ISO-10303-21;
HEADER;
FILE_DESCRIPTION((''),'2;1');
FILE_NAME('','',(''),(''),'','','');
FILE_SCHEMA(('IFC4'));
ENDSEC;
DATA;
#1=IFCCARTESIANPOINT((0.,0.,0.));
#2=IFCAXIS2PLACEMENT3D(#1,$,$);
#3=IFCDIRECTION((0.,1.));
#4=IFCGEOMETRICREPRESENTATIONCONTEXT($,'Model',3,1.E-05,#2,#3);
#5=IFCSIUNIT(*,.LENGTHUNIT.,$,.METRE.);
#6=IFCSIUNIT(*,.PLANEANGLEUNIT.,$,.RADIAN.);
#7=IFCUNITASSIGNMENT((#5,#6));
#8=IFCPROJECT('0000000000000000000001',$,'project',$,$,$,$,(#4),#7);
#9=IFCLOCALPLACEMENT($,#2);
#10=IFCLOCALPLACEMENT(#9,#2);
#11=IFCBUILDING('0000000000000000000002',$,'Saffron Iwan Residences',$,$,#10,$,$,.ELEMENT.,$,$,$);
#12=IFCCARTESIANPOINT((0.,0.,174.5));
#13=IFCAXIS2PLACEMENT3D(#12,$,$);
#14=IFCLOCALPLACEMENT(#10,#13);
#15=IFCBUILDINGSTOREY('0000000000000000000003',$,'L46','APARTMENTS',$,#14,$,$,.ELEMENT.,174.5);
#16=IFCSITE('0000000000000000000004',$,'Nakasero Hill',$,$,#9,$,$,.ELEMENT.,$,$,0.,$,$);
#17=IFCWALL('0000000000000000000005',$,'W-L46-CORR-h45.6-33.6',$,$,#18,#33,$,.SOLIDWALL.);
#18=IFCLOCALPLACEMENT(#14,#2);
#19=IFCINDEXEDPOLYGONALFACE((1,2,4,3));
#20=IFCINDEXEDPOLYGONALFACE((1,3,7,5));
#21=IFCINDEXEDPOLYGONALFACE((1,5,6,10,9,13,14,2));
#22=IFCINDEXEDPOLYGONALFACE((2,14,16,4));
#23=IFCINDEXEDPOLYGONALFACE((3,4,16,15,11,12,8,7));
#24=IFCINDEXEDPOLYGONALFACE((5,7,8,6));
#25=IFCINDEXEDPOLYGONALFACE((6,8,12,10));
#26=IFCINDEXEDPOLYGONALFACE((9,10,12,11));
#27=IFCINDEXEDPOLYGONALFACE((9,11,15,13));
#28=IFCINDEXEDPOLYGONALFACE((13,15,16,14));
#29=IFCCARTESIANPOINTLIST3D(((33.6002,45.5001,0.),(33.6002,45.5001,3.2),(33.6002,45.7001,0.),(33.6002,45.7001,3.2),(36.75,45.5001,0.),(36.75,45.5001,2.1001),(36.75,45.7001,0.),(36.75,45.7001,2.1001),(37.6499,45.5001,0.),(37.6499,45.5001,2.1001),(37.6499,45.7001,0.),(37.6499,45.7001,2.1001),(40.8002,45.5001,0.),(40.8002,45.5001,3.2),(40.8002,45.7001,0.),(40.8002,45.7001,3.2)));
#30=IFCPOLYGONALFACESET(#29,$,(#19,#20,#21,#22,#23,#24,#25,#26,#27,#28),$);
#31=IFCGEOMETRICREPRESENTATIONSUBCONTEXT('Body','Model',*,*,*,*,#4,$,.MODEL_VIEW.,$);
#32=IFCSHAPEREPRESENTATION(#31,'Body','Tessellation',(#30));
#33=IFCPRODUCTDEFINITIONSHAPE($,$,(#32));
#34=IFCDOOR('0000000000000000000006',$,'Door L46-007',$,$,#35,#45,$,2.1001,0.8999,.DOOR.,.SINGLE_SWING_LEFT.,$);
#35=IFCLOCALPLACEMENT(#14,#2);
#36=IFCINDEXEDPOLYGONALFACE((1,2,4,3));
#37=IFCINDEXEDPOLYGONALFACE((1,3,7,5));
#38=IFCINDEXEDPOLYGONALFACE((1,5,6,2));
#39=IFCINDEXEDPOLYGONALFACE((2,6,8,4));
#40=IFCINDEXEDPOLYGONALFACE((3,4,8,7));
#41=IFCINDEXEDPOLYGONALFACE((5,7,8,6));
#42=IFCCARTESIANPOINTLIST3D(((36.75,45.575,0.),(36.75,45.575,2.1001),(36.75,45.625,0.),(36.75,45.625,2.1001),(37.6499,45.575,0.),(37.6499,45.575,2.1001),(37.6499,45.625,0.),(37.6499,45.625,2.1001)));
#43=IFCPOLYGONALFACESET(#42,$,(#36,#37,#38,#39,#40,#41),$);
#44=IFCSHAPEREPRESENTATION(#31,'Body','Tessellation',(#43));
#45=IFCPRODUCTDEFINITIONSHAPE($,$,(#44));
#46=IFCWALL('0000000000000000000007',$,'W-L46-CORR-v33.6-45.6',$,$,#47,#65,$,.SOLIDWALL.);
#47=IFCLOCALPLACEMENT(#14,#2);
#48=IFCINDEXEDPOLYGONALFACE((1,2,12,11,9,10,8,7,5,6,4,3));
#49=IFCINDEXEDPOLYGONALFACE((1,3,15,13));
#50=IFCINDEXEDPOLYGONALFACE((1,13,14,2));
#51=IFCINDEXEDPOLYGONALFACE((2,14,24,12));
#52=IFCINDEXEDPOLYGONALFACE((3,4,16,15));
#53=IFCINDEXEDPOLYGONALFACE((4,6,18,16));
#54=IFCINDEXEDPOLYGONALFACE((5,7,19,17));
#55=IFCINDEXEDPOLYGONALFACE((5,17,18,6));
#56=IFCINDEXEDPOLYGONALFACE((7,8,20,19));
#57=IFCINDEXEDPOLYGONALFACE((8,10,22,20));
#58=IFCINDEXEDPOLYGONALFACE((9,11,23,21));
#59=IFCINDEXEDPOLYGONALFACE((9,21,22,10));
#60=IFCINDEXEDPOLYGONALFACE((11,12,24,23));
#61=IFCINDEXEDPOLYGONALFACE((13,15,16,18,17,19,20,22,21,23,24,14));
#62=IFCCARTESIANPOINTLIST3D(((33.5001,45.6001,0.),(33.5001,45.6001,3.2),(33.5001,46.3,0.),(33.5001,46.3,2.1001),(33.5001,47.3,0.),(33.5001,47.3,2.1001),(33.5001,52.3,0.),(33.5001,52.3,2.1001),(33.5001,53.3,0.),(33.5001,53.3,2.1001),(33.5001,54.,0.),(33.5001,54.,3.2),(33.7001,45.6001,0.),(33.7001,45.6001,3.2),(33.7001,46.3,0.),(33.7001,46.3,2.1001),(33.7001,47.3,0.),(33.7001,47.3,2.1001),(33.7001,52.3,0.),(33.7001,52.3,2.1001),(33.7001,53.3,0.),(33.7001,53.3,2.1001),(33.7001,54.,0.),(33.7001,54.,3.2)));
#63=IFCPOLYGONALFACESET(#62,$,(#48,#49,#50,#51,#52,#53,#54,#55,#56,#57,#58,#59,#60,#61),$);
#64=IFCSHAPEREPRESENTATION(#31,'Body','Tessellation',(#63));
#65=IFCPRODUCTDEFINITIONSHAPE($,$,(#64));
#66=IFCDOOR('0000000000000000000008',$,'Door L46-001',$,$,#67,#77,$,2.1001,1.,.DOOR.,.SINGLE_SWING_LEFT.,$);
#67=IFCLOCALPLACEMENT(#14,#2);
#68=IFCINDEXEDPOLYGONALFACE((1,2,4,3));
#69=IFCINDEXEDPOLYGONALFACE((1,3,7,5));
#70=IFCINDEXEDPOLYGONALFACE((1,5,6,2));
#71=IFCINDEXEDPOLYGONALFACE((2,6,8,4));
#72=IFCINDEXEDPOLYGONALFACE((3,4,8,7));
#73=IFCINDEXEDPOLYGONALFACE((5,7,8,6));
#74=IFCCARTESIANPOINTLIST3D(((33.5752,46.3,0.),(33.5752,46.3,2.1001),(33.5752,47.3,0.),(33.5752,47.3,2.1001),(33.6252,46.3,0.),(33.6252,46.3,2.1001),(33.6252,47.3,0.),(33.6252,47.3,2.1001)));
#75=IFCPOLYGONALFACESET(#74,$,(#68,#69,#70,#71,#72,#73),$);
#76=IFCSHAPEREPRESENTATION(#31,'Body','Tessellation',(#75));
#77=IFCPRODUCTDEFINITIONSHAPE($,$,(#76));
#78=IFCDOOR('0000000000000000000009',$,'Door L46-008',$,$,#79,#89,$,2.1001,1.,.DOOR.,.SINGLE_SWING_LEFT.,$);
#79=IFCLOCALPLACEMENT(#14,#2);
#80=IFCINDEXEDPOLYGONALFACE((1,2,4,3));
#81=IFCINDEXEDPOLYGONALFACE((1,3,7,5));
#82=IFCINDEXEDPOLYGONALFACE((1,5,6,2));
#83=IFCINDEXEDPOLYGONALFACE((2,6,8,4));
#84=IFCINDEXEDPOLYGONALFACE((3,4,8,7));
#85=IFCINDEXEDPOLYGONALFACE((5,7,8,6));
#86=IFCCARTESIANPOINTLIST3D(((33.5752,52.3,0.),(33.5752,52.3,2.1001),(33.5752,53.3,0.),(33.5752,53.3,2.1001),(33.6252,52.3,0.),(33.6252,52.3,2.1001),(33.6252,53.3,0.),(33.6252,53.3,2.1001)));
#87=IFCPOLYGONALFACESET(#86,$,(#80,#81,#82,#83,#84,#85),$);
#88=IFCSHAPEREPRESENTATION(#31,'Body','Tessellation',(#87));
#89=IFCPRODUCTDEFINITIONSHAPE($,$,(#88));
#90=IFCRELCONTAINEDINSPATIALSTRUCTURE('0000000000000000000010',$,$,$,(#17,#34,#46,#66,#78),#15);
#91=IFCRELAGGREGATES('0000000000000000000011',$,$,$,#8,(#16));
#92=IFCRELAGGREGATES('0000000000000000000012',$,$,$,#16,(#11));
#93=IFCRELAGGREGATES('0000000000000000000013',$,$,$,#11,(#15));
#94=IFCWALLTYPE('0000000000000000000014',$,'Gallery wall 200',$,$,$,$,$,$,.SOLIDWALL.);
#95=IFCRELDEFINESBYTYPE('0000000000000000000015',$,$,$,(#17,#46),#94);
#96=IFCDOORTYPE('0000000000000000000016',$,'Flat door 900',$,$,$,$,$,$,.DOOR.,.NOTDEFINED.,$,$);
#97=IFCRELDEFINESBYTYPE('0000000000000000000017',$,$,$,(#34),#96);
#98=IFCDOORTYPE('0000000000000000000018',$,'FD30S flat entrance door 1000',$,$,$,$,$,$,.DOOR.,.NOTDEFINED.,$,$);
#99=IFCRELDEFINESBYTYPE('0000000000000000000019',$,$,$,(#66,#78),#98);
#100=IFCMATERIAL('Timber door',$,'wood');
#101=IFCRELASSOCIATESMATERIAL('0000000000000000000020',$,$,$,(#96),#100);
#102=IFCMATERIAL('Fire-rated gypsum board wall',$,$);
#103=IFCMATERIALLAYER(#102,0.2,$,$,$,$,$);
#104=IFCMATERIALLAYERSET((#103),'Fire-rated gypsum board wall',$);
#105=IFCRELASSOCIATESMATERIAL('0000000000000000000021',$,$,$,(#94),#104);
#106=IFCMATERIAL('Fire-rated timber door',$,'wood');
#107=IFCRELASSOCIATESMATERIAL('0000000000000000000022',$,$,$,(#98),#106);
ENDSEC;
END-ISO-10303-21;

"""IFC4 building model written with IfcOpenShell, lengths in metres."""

from ifc_helpers import new_model, si_unit, direction, frame, frame_2d, origin, place, context, subcontext, project, spatial, rectangle, extrude, material, layer, layer_set, type_object, element, fill, save


model = new_model("IFC4")

# Units and contexts
model_context = context("Model", 3, precision=1e-05, world=origin(), true_north=direction((0.0, 1.0)))
body_context = subcontext(model_context, "Body", "Model", "MODEL_VIEW")
ifc_project = project(units=[si_unit("LENGTHUNIT", "METRE"), si_unit("PLANEANGLEUNIT", "RADIAN")], contexts=[model_context])

# Site, building, storey
site_placement = place(None, origin())
site = spatial("IfcSite", under=ifc_project, at=site_placement, Name="Nakasero Hill", CompositionType="ELEMENT", RefElevation=0.0)
building_placement = place(site_placement, origin())
building = spatial("IfcBuilding", under=site, at=building_placement, Name="Saffron Iwan Residences", CompositionType="ELEMENT")
storey_placement = place(building_placement, frame((0.0, 0.0, 174.5)))
storey = spatial("IfcBuildingStorey", under=building, at=storey_placement, Name="L46", Description="APARTMENTS", CompositionType="ELEMENT", Elevation=174.5)

# Shared definitions
ifc_material_1 = material(Name="Timber door", Category="wood")
door_type_1 = type_object("IfcDoorType", Name="Flat door 900", OperationType="NOTDEFINED", PredefinedType="DOOR", material=ifc_material_1)

# Wall, opening, door
ifc_material_2 = material(Name="Fire-rated gypsum board wall")
ifc_layer_1 = layer(ifc_material_2, 0.2)
ifc_layer_set_1 = layer_set([ifc_layer_1], Name="Fire-rated gypsum board wall")
wall_type_1 = type_object("IfcWallType", Name="Gallery wall 200", PredefinedType="SOLIDWALL", material=ifc_layer_set_1)
wall_1_placement = place(storey_placement, frame((33.6001, 45.6001, 0.0), z_axis=(0.0, 0.0, 1.0), x_axis=(1.0, 0.0, 0.0)))
wall_1 = element("IfcWall", 1, at=wall_1_placement, inside=storey, type_object=wall_type_1, Name="W-L46-CORR-h45.6-33.6", PredefinedType="SOLIDWALL", context=body_context, shape_type="SweptSolid", body=[
    extrude(rectangle(XDim=7.2, YDim=0.2, at=frame_2d((3.6001, 0.0))), origin(), (0.0, 0.0, 1.0), 3.2),
])
opening_1_placement = place(wall_1_placement, frame((3.1499, 0.0, 0.0)))
opening_1 = element("IfcOpeningElement", 2, at=opening_1_placement, cuts=wall_1, PredefinedType="OPENING", context=body_context, shape_type="SweptSolid", body=[
    extrude(rectangle(XDim=0.8999, YDim=2.1001, at=frame_2d((0.45, 1.05))), frame((0.0, 0.1099, 0.0), z_axis=(0.0, -1.0, 0.0), x_axis=(1.0, 0.0, 0.0)), (0.0, 0.0, 1.0), 0.22),
])
door_1_placement = place(opening_1_placement, origin())
door_1 = element("IfcDoor", 3, at=door_1_placement, inside=storey, type_object=door_type_1, Name="Door L46-007", OperationType="SINGLE_SWING_LEFT", OverallHeight=2.1001, OverallWidth=0.8999, PredefinedType="DOOR", context=body_context, shape_type="SweptSolid", body=[
    extrude(rectangle(XDim=0.8999, YDim=2.1001, at=frame_2d((0.45, 1.05))), frame((0.0, 0.0249, 0.0), z_axis=(0.0, -1.0, 0.0), x_axis=(1.0, 0.0, 0.0)), (0.0, 0.0, 1.0), 0.05),
])
fill(opening_1, door_1)

# Wall, openings, doors
wall_2_placement = place(storey_placement, frame((33.6001, 45.6001, 0.0), z_axis=(0.0, 0.0, 1.0), x_axis=(0.0, 1.0, 0.0)))
wall_2 = element("IfcWall", 4, at=wall_2_placement, inside=storey, type_object=wall_type_1, Name="W-L46-CORR-v33.6-45.6", PredefinedType="SOLIDWALL", context=body_context, shape_type="SweptSolid", body=[
    extrude(rectangle(XDim=8.3999, YDim=0.2, at=frame_2d((4.2, 0.0))), origin(), (0.0, 0.0, 1.0), 3.2),
])
opening_2_placement = place(wall_2_placement, frame((0.7, 0.0, 0.0)))
opening_2 = element("IfcOpeningElement", 5, at=opening_2_placement, cuts=wall_2, PredefinedType="OPENING", context=body_context, shape_type="SweptSolid", body=[
    extrude(rectangle(XDim=1.0, YDim=2.1001, at=frame_2d((0.5, 1.05))), frame((0.0, 0.1099, 0.0), z_axis=(0.0, -1.0, 0.0), x_axis=(1.0, 0.0, 0.0)), (0.0, 0.0, 1.0), 0.22),
])
opening_3_placement = place(wall_2_placement, frame((6.7, 0.0, 0.0)))
opening_3 = element("IfcOpeningElement", 6, at=opening_3_placement, cuts=wall_2, PredefinedType="OPENING", context=body_context, shape_type="SweptSolid", body=[
    extrude(rectangle(XDim=1.0, YDim=2.1001, at=frame_2d((0.5, 1.05))), frame((0.0, 0.1099, 0.0), z_axis=(0.0, -1.0, 0.0), x_axis=(1.0, 0.0, 0.0)), (0.0, 0.0, 1.0), 0.22),
])
ifc_material_3 = material(Name="Fire-rated timber door", Category="wood")
door_type_2 = type_object("IfcDoorType", Name="FD30S flat entrance door 1000", OperationType="NOTDEFINED", PredefinedType="DOOR", material=ifc_material_3)
door_2_placement = place(opening_2_placement, origin())
door_2 = element("IfcDoor", 7, at=door_2_placement, inside=storey, type_object=door_type_2, Name="Door L46-001", OperationType="SINGLE_SWING_LEFT", OverallHeight=2.1001, OverallWidth=1.0, PredefinedType="DOOR", context=body_context, shape_type="SweptSolid", body=[
    extrude(rectangle(XDim=1.0, YDim=2.1001, at=frame_2d((0.5, 1.05))), frame((0.0, 0.0249, 0.0), z_axis=(0.0, -1.0, 0.0), x_axis=(1.0, 0.0, 0.0)), (0.0, 0.0, 1.0), 0.05),
])
fill(opening_2, door_2)
door_3_placement = place(opening_3_placement, origin())
door_3 = element("IfcDoor", 8, at=door_3_placement, inside=storey, type_object=door_type_2, Name="Door L46-008", OperationType="SINGLE_SWING_LEFT", OverallHeight=2.1001, OverallWidth=1.0, PredefinedType="DOOR", context=body_context, shape_type="SweptSolid", body=[
    extrude(rectangle(XDim=1.0, YDim=2.1001, at=frame_2d((0.5, 1.05))), frame((0.0, 0.0249, 0.0), z_axis=(0.0, -1.0, 0.0), x_axis=(1.0, 0.0, 0.0)), (0.0, 0.0, 1.0), 0.05),
])
fill(opening_3, door_3)

save(model, "model.ifc")
